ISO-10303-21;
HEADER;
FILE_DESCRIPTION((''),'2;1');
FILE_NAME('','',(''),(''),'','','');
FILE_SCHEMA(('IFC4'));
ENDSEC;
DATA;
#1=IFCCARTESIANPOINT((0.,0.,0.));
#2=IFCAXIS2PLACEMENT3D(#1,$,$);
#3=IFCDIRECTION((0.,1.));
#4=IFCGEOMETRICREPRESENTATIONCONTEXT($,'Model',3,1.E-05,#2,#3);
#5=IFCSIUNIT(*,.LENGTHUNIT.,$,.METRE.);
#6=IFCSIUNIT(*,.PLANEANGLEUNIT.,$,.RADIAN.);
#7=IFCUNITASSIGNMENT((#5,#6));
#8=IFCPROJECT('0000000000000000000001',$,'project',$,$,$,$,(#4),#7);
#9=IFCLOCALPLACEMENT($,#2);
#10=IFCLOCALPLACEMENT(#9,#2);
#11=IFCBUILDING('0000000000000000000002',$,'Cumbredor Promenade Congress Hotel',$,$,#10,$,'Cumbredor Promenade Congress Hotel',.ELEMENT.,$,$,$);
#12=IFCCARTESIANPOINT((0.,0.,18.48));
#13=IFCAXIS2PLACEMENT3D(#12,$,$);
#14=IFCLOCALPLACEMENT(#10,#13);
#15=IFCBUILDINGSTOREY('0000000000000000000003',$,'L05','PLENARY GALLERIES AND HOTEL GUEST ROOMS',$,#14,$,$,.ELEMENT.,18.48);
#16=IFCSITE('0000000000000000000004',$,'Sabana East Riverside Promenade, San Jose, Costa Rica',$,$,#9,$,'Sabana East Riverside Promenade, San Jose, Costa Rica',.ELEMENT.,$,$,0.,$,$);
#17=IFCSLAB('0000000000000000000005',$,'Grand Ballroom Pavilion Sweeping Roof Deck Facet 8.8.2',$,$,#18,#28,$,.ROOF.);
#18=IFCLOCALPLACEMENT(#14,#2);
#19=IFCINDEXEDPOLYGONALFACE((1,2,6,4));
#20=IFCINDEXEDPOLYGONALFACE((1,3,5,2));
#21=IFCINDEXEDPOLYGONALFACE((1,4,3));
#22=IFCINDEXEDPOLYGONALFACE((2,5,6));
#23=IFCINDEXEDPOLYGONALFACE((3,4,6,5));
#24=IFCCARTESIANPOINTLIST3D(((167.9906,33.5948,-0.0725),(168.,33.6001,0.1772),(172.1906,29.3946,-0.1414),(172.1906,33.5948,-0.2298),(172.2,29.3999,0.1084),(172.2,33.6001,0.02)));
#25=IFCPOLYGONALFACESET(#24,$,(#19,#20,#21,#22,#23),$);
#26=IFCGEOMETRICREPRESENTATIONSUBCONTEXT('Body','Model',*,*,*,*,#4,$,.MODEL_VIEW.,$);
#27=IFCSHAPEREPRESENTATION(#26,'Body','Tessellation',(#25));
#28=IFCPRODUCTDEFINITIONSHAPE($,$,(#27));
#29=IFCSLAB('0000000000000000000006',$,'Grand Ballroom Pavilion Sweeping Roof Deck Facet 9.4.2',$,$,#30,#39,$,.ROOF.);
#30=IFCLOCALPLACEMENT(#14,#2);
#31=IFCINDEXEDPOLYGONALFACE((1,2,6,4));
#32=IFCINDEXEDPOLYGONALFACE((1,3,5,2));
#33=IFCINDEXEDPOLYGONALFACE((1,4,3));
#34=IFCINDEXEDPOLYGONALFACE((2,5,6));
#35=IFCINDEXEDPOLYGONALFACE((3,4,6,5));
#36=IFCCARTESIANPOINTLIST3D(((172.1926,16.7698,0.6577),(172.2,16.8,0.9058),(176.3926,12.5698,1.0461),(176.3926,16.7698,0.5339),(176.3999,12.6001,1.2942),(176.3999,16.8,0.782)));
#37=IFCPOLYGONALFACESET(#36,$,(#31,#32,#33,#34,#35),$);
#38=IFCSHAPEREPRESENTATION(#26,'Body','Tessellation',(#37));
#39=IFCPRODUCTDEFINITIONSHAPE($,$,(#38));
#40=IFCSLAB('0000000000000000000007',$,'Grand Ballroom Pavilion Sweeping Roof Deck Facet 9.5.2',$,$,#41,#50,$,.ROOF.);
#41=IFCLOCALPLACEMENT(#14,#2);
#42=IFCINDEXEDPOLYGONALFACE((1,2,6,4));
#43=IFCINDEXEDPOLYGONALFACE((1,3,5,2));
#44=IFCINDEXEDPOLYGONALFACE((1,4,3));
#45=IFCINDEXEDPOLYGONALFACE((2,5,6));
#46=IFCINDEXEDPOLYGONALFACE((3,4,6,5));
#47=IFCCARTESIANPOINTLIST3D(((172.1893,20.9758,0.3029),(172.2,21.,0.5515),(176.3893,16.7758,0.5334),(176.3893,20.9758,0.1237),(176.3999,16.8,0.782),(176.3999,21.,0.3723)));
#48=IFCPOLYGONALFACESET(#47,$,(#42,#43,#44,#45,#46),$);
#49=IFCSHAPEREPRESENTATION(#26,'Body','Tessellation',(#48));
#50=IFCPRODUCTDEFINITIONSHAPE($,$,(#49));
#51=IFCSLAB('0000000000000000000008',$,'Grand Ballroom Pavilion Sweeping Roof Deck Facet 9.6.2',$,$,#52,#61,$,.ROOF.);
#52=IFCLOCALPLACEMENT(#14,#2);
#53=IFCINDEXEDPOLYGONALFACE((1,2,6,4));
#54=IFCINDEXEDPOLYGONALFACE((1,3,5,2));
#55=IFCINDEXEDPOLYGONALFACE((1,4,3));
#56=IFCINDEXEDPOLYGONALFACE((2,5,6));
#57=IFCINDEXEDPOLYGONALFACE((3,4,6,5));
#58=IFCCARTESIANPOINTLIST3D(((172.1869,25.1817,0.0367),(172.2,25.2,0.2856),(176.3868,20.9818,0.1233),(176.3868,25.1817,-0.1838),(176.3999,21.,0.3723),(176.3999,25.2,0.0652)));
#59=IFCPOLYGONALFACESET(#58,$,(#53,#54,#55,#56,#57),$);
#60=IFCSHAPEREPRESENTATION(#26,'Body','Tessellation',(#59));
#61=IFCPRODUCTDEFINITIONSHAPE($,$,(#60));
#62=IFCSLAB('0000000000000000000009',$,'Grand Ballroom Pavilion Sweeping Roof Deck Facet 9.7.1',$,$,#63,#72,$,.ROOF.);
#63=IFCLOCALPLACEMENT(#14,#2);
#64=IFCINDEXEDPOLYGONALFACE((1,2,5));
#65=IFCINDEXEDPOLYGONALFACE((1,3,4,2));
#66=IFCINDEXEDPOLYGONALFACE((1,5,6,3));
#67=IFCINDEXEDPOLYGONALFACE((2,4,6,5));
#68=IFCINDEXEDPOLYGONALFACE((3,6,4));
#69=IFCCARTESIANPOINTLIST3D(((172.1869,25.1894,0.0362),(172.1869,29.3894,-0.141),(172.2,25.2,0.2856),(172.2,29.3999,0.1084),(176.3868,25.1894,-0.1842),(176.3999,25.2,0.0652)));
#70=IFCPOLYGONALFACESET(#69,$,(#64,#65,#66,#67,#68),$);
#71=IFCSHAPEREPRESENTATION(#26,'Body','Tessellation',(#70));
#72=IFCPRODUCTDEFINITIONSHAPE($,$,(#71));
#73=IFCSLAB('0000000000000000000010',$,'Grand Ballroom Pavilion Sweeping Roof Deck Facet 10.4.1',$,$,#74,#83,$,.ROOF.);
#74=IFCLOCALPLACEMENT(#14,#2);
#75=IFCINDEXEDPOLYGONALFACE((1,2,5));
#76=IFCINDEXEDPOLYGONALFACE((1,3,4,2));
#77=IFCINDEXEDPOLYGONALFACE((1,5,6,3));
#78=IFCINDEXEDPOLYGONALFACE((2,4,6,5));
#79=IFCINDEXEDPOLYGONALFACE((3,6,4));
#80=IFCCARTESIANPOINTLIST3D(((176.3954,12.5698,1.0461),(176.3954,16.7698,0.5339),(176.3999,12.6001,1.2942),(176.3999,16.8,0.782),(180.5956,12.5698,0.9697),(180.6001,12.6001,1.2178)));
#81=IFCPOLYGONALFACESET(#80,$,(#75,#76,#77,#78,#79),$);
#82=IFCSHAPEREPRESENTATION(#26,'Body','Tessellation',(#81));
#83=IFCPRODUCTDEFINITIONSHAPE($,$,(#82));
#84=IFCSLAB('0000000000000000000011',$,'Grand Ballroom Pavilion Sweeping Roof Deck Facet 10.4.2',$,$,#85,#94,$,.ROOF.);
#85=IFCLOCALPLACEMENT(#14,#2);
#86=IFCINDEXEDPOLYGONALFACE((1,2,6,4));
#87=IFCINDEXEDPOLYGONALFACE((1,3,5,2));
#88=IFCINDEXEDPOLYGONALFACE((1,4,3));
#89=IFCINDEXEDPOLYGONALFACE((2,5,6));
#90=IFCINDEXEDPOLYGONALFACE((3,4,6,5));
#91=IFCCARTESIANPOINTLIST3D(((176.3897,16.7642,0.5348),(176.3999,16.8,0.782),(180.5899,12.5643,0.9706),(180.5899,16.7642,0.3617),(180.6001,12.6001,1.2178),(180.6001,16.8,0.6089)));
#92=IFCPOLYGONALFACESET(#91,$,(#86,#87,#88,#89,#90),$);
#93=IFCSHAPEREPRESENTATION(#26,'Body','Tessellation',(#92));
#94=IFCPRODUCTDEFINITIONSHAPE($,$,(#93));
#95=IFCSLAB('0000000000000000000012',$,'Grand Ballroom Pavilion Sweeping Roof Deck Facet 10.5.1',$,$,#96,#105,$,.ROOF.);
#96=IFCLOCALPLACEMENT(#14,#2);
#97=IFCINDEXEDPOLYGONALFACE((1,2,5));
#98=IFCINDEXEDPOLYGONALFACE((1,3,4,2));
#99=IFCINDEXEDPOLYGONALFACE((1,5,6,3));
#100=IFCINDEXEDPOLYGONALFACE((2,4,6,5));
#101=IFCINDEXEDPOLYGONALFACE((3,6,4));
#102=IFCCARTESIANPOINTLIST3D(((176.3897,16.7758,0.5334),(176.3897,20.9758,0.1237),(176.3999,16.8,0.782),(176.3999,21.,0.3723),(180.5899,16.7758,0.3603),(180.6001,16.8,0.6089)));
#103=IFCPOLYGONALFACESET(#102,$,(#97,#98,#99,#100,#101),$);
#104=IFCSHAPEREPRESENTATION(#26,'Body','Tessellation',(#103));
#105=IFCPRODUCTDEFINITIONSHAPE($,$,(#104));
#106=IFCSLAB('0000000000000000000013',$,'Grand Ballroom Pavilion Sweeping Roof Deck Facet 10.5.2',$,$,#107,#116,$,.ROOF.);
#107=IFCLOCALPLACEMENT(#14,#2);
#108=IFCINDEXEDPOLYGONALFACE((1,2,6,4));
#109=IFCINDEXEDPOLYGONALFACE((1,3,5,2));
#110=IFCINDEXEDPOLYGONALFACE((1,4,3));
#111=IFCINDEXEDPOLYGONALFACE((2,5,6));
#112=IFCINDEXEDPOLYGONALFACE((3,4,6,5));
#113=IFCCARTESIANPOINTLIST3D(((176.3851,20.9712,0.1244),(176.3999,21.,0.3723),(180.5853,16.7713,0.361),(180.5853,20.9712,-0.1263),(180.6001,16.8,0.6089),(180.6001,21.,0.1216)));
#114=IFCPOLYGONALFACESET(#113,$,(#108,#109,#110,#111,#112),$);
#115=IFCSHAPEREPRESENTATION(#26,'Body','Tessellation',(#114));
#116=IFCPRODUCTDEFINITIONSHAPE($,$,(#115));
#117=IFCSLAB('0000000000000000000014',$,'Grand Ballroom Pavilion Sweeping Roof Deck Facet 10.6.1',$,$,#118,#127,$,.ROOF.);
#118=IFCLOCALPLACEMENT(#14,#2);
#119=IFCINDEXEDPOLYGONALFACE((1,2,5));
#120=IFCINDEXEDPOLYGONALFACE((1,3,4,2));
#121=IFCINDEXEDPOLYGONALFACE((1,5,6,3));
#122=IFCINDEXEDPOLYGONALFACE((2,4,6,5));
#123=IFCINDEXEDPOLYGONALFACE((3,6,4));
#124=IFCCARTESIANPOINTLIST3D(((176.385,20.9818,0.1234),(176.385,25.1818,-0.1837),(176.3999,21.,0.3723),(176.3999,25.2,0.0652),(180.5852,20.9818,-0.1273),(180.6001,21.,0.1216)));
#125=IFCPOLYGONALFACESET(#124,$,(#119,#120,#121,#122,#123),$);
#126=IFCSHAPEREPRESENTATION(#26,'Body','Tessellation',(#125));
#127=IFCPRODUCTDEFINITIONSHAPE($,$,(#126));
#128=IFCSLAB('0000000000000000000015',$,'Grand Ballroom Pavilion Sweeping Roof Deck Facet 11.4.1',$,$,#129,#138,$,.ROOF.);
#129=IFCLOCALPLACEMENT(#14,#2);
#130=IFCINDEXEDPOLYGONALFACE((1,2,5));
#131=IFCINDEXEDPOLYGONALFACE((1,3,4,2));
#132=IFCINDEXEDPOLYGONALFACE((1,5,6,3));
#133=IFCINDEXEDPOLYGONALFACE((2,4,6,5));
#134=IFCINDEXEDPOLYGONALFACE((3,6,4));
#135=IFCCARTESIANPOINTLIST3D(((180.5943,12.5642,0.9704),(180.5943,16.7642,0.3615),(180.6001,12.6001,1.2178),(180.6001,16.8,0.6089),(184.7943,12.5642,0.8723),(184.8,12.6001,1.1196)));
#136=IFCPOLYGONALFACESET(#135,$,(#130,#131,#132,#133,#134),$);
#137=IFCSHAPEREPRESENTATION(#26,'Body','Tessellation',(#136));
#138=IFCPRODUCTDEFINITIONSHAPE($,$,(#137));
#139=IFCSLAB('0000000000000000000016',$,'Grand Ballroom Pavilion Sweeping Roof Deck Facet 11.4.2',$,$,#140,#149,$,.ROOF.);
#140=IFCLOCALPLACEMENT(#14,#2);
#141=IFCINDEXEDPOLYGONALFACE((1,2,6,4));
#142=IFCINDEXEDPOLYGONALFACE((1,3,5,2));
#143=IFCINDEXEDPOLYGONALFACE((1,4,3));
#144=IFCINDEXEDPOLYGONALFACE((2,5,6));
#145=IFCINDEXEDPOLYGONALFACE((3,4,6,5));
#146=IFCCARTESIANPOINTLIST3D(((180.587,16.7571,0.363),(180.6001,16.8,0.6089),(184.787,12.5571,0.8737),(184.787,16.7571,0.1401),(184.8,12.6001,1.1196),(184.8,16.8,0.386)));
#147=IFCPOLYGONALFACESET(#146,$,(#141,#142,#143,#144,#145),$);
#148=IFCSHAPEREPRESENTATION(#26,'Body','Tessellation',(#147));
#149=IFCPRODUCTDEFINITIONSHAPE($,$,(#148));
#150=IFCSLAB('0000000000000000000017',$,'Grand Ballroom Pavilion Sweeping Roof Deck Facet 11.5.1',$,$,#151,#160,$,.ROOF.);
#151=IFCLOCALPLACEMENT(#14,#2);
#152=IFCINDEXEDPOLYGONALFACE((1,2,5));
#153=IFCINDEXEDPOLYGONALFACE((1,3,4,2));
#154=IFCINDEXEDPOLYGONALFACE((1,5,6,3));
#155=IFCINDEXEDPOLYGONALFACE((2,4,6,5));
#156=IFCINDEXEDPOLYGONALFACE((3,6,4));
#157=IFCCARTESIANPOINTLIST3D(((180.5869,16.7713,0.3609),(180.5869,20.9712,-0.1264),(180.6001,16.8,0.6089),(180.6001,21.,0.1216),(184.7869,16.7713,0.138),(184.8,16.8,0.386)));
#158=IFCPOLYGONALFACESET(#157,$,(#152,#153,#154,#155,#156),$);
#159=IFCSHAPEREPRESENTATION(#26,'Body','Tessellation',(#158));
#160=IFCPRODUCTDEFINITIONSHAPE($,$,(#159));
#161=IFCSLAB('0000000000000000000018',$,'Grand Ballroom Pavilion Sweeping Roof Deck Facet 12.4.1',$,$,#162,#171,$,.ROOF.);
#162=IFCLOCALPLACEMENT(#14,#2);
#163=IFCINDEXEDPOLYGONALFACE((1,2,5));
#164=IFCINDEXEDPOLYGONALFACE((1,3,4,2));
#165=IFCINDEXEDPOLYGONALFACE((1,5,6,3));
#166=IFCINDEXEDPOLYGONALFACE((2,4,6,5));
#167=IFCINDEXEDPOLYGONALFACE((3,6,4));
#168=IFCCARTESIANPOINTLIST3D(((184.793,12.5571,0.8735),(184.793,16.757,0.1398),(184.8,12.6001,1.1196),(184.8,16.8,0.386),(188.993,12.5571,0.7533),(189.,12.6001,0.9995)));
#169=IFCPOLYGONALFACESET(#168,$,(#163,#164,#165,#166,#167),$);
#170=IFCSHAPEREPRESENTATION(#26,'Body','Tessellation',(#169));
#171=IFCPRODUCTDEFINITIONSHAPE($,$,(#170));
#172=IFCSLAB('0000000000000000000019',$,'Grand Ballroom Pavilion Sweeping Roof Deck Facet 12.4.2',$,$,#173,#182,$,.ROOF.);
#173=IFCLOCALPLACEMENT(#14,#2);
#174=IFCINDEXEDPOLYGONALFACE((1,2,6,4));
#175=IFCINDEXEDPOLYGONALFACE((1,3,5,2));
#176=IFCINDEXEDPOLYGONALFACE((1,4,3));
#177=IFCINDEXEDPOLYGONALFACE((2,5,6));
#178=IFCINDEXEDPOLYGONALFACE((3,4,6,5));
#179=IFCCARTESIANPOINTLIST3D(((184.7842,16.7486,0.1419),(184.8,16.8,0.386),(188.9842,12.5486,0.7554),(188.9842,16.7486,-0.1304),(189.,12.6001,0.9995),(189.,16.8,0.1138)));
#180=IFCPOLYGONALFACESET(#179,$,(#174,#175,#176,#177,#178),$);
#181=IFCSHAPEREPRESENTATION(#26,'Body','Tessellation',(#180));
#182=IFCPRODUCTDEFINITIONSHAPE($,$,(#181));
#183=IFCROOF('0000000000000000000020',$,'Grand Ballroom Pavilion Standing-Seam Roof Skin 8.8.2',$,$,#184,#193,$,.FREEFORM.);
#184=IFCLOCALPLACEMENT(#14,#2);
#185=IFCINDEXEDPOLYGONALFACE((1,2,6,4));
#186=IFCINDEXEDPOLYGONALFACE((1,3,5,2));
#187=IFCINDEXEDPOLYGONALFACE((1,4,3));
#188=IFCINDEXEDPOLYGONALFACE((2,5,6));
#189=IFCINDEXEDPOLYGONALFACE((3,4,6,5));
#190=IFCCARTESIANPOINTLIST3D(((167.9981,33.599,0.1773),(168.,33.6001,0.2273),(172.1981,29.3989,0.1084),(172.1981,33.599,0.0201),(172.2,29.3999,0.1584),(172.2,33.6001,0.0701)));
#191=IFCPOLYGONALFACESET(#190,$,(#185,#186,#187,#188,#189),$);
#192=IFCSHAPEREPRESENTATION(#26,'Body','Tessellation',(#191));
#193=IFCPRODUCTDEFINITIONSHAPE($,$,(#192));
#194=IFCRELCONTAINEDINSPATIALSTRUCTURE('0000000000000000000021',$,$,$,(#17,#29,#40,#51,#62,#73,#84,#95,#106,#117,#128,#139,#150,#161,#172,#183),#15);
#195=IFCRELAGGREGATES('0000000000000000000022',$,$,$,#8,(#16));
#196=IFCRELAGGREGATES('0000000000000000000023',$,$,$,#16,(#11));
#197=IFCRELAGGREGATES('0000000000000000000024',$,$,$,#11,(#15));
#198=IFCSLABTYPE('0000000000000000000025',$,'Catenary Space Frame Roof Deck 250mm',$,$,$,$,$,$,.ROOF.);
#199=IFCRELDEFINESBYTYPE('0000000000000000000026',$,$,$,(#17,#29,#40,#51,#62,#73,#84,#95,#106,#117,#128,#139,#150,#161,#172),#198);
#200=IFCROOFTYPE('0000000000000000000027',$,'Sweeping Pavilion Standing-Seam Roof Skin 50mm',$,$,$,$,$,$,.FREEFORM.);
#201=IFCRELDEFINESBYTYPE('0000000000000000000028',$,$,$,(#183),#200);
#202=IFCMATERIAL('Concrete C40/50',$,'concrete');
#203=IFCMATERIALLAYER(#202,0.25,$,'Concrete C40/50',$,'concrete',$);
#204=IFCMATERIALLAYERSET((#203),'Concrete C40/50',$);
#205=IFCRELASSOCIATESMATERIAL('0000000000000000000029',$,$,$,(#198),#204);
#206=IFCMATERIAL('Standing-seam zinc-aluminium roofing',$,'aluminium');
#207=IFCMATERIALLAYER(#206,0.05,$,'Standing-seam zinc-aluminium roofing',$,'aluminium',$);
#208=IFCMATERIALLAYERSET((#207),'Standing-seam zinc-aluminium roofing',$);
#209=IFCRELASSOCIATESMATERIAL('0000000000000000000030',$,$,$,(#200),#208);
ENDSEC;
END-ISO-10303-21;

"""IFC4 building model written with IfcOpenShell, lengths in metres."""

from ifc_helpers import new_model, si_unit, direction, frame, origin, place, context, subcontext, project, spatial, polyline, outline, extrude, material, layer, layer_set, type_object, element, save


model = new_model("IFC4")

# Units and contexts
model_context = context("Model", 3, precision=1e-05, world=origin(), true_north=direction((0.0, 1.0)))
body_context = subcontext(model_context, "Body", "Model", "MODEL_VIEW")
ifc_project = project(units=[si_unit("LENGTHUNIT", "METRE"), si_unit("PLANEANGLEUNIT", "RADIAN")], contexts=[model_context])

# Site, building, storey
site_placement = place(None, origin())
site = spatial("IfcSite", under=ifc_project, at=site_placement, Name="Sabana East Riverside Promenade, San Jose, Costa Rica", LongName="Sabana East Riverside Promenade, San Jose, Costa Rica", CompositionType="ELEMENT", RefElevation=0.0)
building_placement = place(site_placement, origin())
building = spatial("IfcBuilding", under=site, at=building_placement, Name="Cumbredor Promenade Congress Hotel", LongName="Cumbredor Promenade Congress Hotel", CompositionType="ELEMENT")
storey_placement = place(building_placement, frame((0.0, 0.0, 18.48)))
storey = spatial("IfcBuildingStorey", under=building, at=storey_placement, Name="L05", Description="PLENARY GALLERIES AND HOTEL GUEST ROOMS", CompositionType="ELEMENT", Elevation=18.48)

# Slabs
ifc_material_1 = material(Name="Concrete C40/50", Category="concrete")
ifc_layer_1 = layer(ifc_material_1, 0.25, Name="Concrete C40/50", Category="concrete")
ifc_layer_set_1 = layer_set([ifc_layer_1], Name="Concrete C40/50")
slab_type = type_object("IfcSlabType", Name="Catenary Space Frame Roof Deck 250mm", PredefinedType="ROOF", material=ifc_layer_set_1)
slab_1_placement = place(storey_placement, frame((172.2, 29.3999, 0.1084), z_axis=(0.037401, 0.021022, 0.999079), x_axis=(0.0, 0.999779, -0.021037)))
element("IfcSlab", 1, at=slab_1_placement, inside=storey, type_object=slab_type, Name="Grand Ballroom Pavilion Sweeping Roof Deck Facet 8.8.2", PredefinedType="ROOF", context=body_context, shape_type="SweptSolid", body=[
    extrude(outline(polyline([(0.0, 0.0), (4.2011, 0.0), (4.1978, 4.2029), (0.0, 0.0)])), origin(), (0.0, 0.0, -1.0), 0.25),
])
slab_2_placement = place(storey_placement, frame((176.3999, 12.6001, 1.2942), z_axis=(0.029242, 0.121007, 0.992221), x_axis=(0.0, 0.992645, -0.121059)))
element("IfcSlab", 2, at=slab_2_placement, inside=storey, type_object=slab_type, Name="Grand Ballroom Pavilion Sweeping Roof Deck Facet 9.4.2", PredefinedType="ROOF", context=body_context, shape_type="SweptSolid", body=[
    extrude(outline(polyline([(0.0, 0.0), (4.2311, 0.0), (4.2161, 4.2017), (0.0, 0.0)])), origin(), (0.0, 0.0, -1.0), 0.25),
])
slab_3_placement = place(storey_placement, frame((176.3999, 16.8, 0.782), z_axis=(0.042427, 0.096993, 0.99438), x_axis=(0.0, 0.995277, -0.09708)))
element("IfcSlab", 3, at=slab_3_placement, inside=storey, type_object=slab_type, Name="Grand Ballroom Pavilion Sweeping Roof Deck Facet 9.5.2", PredefinedType="ROOF", context=body_context, shape_type="SweptSolid", body=[
    extrude(outline(polyline([(0.0, 0.0), (4.2199, 0.0), (4.2025, 4.2037), (0.0, 0.0)])), origin(), (0.0, 0.0, -1.0), 0.25),
])
slab_4_placement = place(storey_placement, frame((176.3999, 21.0, 0.3723), z_axis=(0.052279, 0.072832, 0.995973), x_axis=(0.0, 0.997337, -0.072932)))
element("IfcSlab", 4, at=slab_4_placement, inside=storey, type_object=slab_type, Name="Grand Ballroom Pavilion Sweeping Roof Deck Facet 9.6.2", PredefinedType="ROOF", context=body_context, shape_type="SweptSolid", body=[
    extrude(outline(polyline([(0.0, 0.0), (4.2112, 0.0), (4.1951, 4.2057), (0.0, 0.0)])), origin(), (0.0, 0.0, -1.0), 0.25),
])
slab_5_placement = place(storey_placement, frame((172.2, 25.2, 0.2856), z_axis=(0.052372, 0.042107, 0.99774), x_axis=(0.998625, 0.0, -0.052419)))
element("IfcSlab", 5, at=slab_5_placement, inside=storey, type_object=slab_type, Name="Grand Ballroom Pavilion Sweeping Roof Deck Facet 9.7.1", PredefinedType="ROOF", context=body_context, shape_type="SweptSolid", body=[
    extrude(outline(polyline([(0.0, 0.0), (4.2057, 0.0), (0.0093, 4.2037), (0.0, 0.0)])), origin(), (0.0, 0.0, -1.0), 0.25),
])
slab_6_placement = place(storey_placement, frame((176.3999, 12.6001, 1.2942), z_axis=(0.018057, 0.121039, 0.992484), x_axis=(0.999835, 0.0, -0.01819)))
element("IfcSlab", 6, at=slab_6_placement, inside=storey, type_object=slab_type, Name="Grand Ballroom Pavilion Sweeping Roof Deck Facet 10.4.1", PredefinedType="ROOF", context=body_context, shape_type="SweptSolid", body=[
    extrude(outline(polyline([(0.0, 0.0), (4.2009, 0.0), (0.0093, 4.2311), (0.0, 0.0)])), origin(), (0.0, 0.0, -1.0), 0.25),
])
slab_7_placement = place(storey_placement, frame((180.6001, 12.6001, 1.2178), z_axis=(0.040751, 0.143356, 0.988832), x_axis=(0.0, 0.989654, -0.143475)))
element("IfcSlab", 7, at=slab_7_placement, inside=storey, type_object=slab_type, Name="Grand Ballroom Pavilion Sweeping Roof Deck Facet 10.4.2", PredefinedType="ROOF", context=body_context, shape_type="SweptSolid", body=[
    extrude(outline(polyline([(0.0, 0.0), (4.2439, 0.0), (4.219, 4.2037), (0.0, 0.0)])), origin(), (0.0, 0.0, -1.0), 0.25),
])
slab_8_placement = place(storey_placement, frame((176.3999, 16.8, 0.782), z_axis=(0.040982, 0.096999, 0.99444), x_axis=(0.999152, 0.0, -0.041176)))
element("IfcSlab", 8, at=slab_8_placement, inside=storey, type_object=slab_type, Name="Grand Ballroom Pavilion Sweeping Roof Deck Facet 10.5.1", PredefinedType="ROOF", context=body_context, shape_type="SweptSolid", body=[
    extrude(outline(polyline([(0.0, 0.0), (4.2038, 0.0), (0.0169, 4.2198), (0.0, 0.0)])), origin(), (0.0, 0.0, -1.0), 0.25),
])
slab_9_placement = place(storey_placement, frame((180.6001, 16.8, 0.6089), z_axis=(0.059194, 0.115051, 0.991594), x_axis=(0.0, 0.993336, -0.115253)))
element("IfcSlab", 9, at=slab_9_placement, inside=storey, type_object=slab_type, Name="Grand Ballroom Pavilion Sweeping Roof Deck Facet 10.5.2", PredefinedType="ROOF", context=body_context, shape_type="SweptSolid", body=[
    extrude(outline(polyline([(0.0, 0.0), (4.2281, 0.0), (4.1992, 4.2076), (0.0, 0.0)])), origin(), (0.0, 0.0, -1.0), 0.25),
])
slab_10_placement = place(storey_placement, frame((176.3999, 21.0, 0.3723), z_axis=(0.059431, 0.072803, 0.995574), x_axis=(0.998223, 0.0, -0.059589)))
element("IfcSlab", 10, at=slab_10_placement, inside=storey, type_object=slab_type, Name="Grand Ballroom Pavilion Sweeping Roof Deck Facet 10.6.1", PredefinedType="ROOF", context=body_context, shape_type="SweptSolid", body=[
    extrude(outline(polyline([(0.0, 0.0), (4.2077, 0.0), (0.0183, 4.2111), (0.0, 0.0)])), origin(), (0.0, 0.0, -1.0), 0.25),
])
slab_11_placement = place(storey_placement, frame((180.6001, 12.6001, 1.2178), z_axis=(0.02312, 0.143436, 0.989389), x_axis=(0.999727, 0.0, -0.023362)))
element("IfcSlab", 11, at=slab_11_placement, inside=storey, type_object=slab_type, Name="Grand Ballroom Pavilion Sweeping Roof Deck Facet 11.4.1", PredefinedType="ROOF", context=body_context, shape_type="SweptSolid", body=[
    extrude(outline(polyline([(0.0, 0.0), (4.2011, 0.0), (0.0142, 4.2438), (0.0, 0.0)])), origin(), (0.0, 0.0, -1.0), 0.25),
])
slab_12_placement = place(storey_placement, frame((184.8, 12.6001, 1.1196), z_axis=(0.052209, 0.171839, 0.983741), x_axis=(0.0, 0.985084, -0.172073)))
element("IfcSlab", 12, at=slab_12_placement, inside=storey, type_object=slab_type, Name="Grand Ballroom Pavilion Sweeping Roof Deck Facet 11.4.2", PredefinedType="ROOF", context=body_context, shape_type="SweptSolid", body=[
    extrude(outline(polyline([(0.0, 0.0), (4.2635, 0.0), (4.2252, 4.2057), (0.0, 0.0)])), origin(), (0.0, 0.0, -1.0), 0.25),
])
slab_13_placement = place(storey_placement, frame((180.6001, 16.8, 0.6089), z_axis=(0.052645, 0.115093, 0.991959), x_axis=(0.998595, 0.0, -0.052998)))
element("IfcSlab", 13, at=slab_13_placement, inside=storey, type_object=slab_type, Name="Grand Ballroom Pavilion Sweeping Roof Deck Facet 11.5.1", PredefinedType="ROOF", context=body_context, shape_type="SweptSolid", body=[
    extrude(outline(polyline([(0.0, 0.0), (4.2059, 0.0), (0.0258, 4.228), (0.0, 0.0)])), origin(), (0.0, 0.0, -1.0), 0.25),
])
slab_14_placement = place(storey_placement, frame((184.8, 12.6001, 1.1196), z_axis=(0.028162, 0.172005, 0.984693), x_axis=(0.999591, 0.0, -0.028588)))
element("IfcSlab", 14, at=slab_14_placement, inside=storey, type_object=slab_type, Name="Grand Ballroom Pavilion Sweeping Roof Deck Facet 12.4.1", PredefinedType="ROOF", context=body_context, shape_type="SweptSolid", body=[
    extrude(outline(polyline([(0.0, 0.0), (4.2017, 0.0), (0.021, 4.2635), (0.0, 0.0)])), origin(), (0.0, 0.0, -1.0), 0.25),
])
slab_15_placement = place(storey_placement, frame((189.0, 12.6001, 0.9995), z_axis=(0.063292, 0.205941, 0.976516), x_axis=(0.0, 0.978477, -0.206354)))
element("IfcSlab", 15, at=slab_15_placement, inside=storey, type_object=slab_type, Name="Grand Ballroom Pavilion Sweeping Roof Deck Facet 12.4.2", PredefinedType="ROOF", context=body_context, shape_type="SweptSolid", body=[
    extrude(outline(polyline([(0.0, 0.0), (4.2923, 0.0), (4.2362, 4.2084), (0.0, 0.0)])), origin(), (0.0, 0.0, -1.0), 0.25),
])

# Roof
ifc_material_2 = material(Name="Standing-seam zinc-aluminium roofing", Category="aluminium")
ifc_layer_2 = layer(ifc_material_2, 0.05, Name="Standing-seam zinc-aluminium roofing", Category="aluminium")
ifc_layer_set_2 = layer_set([ifc_layer_2], Name="Standing-seam zinc-aluminium roofing")
roof_type = type_object("IfcRoofType", Name="Sweeping Pavilion Standing-Seam Roof Skin 50mm", PredefinedType="FREEFORM", material=ifc_layer_set_2)
roof_1_placement = place(storey_placement, frame((172.2, 29.3999, 0.1584), z_axis=(0.037401, 0.021022, 0.999079), x_axis=(0.0, 0.999779, -0.021037)))
element("IfcRoof", 16, at=roof_1_placement, inside=storey, type_object=roof_type, Name="Grand Ballroom Pavilion Standing-Seam Roof Skin 8.8.2", PredefinedType="FREEFORM", context=body_context, shape_type="SweptSolid", body=[
    extrude(outline(polyline([(0.0, 0.0), (4.2011, 0.0), (4.1978, 4.2029), (0.0, 0.0)])), origin(), (0.0, 0.0, -1.0), 0.05),
])

save(model, "model.ifc")
